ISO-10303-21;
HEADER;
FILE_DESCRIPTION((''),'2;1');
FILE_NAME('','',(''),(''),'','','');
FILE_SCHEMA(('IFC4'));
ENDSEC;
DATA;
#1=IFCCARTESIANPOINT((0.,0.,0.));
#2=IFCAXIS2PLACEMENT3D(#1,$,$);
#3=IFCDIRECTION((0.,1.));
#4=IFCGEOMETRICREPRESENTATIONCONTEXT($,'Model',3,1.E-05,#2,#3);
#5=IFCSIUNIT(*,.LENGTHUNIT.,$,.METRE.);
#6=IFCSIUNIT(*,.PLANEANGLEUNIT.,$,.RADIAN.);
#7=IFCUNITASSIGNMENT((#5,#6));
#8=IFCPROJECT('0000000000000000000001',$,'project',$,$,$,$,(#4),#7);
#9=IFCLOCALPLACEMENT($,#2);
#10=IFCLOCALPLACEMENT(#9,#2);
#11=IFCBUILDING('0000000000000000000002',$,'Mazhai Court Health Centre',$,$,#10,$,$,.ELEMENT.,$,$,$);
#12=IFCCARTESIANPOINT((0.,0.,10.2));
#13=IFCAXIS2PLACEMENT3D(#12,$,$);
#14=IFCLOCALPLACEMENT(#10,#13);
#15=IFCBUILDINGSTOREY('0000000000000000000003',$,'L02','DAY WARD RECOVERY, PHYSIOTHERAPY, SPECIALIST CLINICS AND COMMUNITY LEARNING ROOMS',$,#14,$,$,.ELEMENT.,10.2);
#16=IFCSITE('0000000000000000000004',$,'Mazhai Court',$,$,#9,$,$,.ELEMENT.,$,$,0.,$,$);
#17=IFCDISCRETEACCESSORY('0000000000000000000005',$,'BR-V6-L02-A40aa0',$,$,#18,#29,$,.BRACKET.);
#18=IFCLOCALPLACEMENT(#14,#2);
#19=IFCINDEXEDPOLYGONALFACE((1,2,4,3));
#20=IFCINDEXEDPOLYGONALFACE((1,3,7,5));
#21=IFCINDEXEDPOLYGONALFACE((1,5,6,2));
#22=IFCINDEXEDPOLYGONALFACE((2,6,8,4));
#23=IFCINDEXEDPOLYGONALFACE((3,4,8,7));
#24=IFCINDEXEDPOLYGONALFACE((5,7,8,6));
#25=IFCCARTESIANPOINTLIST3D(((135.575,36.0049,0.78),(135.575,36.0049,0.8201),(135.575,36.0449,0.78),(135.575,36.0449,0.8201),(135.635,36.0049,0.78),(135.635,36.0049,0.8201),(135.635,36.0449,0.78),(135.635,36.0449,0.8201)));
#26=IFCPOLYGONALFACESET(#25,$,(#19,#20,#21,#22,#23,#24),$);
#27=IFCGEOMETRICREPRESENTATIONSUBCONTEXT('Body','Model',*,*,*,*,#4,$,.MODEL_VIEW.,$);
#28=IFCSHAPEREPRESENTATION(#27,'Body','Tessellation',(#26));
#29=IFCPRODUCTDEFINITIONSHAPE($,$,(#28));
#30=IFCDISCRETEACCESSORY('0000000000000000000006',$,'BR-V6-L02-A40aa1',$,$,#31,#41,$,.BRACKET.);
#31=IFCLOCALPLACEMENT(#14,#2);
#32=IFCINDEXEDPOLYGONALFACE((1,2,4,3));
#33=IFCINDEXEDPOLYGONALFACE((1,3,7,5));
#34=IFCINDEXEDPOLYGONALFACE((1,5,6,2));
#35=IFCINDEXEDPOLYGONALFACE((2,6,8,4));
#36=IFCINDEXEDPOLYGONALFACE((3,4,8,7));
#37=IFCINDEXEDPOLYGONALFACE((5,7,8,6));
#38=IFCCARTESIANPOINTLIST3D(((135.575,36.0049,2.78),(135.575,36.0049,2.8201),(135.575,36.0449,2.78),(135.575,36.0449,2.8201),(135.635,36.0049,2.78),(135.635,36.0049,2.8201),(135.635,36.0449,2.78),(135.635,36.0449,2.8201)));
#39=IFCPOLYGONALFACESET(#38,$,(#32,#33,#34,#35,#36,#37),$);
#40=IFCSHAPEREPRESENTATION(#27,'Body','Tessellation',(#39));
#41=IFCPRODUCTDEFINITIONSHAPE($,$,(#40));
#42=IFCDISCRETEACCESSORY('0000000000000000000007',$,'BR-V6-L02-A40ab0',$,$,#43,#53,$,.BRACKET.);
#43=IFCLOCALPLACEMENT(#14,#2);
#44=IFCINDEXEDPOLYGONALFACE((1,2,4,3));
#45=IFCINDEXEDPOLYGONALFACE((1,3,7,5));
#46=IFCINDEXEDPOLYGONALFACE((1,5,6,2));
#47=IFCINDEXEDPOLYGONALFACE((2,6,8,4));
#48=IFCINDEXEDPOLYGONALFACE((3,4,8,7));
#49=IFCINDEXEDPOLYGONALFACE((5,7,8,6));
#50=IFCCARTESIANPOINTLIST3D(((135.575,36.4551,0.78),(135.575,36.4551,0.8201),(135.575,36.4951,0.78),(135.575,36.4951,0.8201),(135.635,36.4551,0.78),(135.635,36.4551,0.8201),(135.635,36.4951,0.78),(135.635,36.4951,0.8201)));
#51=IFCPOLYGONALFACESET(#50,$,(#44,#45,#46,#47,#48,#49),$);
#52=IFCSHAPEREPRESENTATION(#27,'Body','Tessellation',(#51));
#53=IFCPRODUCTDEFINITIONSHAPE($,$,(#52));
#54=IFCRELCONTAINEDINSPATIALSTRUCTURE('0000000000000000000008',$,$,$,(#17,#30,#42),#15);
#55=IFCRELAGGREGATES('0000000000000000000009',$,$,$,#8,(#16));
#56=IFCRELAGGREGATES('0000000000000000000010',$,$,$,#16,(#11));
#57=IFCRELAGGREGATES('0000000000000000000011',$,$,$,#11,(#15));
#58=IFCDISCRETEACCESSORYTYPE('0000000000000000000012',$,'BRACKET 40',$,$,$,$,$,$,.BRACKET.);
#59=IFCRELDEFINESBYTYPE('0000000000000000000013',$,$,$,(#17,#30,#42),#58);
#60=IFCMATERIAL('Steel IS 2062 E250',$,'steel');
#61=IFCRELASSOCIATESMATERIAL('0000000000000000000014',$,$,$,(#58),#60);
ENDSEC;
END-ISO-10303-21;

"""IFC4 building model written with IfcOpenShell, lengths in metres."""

from ifc_helpers import new_model, si_unit, direction, frame, origin, origin_2d, place, context, subcontext, project, spatial, rectangle, extrude, material, type_object, element, save


model = new_model("IFC4")

# Units and contexts
model_context = context("Model", 3, precision=1e-05, world=origin(), true_north=direction((0.0, 1.0)))
body_context = subcontext(model_context, "Body", "Model", "MODEL_VIEW")
ifc_project = project(units=[si_unit("LENGTHUNIT", "METRE"), si_unit("PLANEANGLEUNIT", "RADIAN")], contexts=[model_context])

# Site, building, storey
site_placement = place(None, origin())
site = spatial("IfcSite", under=ifc_project, at=site_placement, Name="Mazhai Court", CompositionType="ELEMENT", RefElevation=0.0)
building_placement = place(site_placement, origin())
building = spatial("IfcBuilding", under=site, at=building_placement, Name="Mazhai Court Health Centre", CompositionType="ELEMENT")
storey_placement = place(building_placement, frame((0.0, 0.0, 10.2)))
storey = spatial("IfcBuildingStorey", under=building, at=storey_placement, Name="L02", Description="DAY WARD RECOVERY, PHYSIOTHERAPY, SPECIALIST CLINICS AND COMMUNITY LEARNING ROOMS", CompositionType="ELEMENT", Elevation=10.2)

# Discrete accessories
ifc_material_1 = material(Name="Steel IS 2062 E250", Category="steel")
discrete_accessory_type = type_object("IfcDiscreteAccessoryType", Name="BRACKET 40", PredefinedType="BRACKET", material=ifc_material_1)
for number, where, z_axis, x_axis, name in (
    (1, (135.605, 36.0249, 0.78), (0.0, 0.0, 1.0), (0.0, 1.0, 0.0), "BR-V6-L02-A40aa0"),
    (2, (135.605, 36.0249, 2.78), (0.0, 0.0, 1.0), (0.0, 1.0, 0.0), "BR-V6-L02-A40aa1"),
    (3, (135.605, 36.4751, 0.78), (0.0, 0.0, 1.0), (0.0, 1.0, 0.0), "BR-V6-L02-A40ab0"),
):
    element("IfcDiscreteAccessory", number, at=place(storey_placement, frame(where, z_axis=z_axis, x_axis=x_axis)), inside=storey, type_object=discrete_accessory_type, Name=name, PredefinedType="BRACKET", context=body_context, shape_type="SweptSolid", body=[
        extrude(rectangle(XDim=0.04, YDim=0.0601, at=origin_2d()), origin(), (0.0, 0.0, 1.0), 0.04),
    ])

save(model, "model.ifc")
